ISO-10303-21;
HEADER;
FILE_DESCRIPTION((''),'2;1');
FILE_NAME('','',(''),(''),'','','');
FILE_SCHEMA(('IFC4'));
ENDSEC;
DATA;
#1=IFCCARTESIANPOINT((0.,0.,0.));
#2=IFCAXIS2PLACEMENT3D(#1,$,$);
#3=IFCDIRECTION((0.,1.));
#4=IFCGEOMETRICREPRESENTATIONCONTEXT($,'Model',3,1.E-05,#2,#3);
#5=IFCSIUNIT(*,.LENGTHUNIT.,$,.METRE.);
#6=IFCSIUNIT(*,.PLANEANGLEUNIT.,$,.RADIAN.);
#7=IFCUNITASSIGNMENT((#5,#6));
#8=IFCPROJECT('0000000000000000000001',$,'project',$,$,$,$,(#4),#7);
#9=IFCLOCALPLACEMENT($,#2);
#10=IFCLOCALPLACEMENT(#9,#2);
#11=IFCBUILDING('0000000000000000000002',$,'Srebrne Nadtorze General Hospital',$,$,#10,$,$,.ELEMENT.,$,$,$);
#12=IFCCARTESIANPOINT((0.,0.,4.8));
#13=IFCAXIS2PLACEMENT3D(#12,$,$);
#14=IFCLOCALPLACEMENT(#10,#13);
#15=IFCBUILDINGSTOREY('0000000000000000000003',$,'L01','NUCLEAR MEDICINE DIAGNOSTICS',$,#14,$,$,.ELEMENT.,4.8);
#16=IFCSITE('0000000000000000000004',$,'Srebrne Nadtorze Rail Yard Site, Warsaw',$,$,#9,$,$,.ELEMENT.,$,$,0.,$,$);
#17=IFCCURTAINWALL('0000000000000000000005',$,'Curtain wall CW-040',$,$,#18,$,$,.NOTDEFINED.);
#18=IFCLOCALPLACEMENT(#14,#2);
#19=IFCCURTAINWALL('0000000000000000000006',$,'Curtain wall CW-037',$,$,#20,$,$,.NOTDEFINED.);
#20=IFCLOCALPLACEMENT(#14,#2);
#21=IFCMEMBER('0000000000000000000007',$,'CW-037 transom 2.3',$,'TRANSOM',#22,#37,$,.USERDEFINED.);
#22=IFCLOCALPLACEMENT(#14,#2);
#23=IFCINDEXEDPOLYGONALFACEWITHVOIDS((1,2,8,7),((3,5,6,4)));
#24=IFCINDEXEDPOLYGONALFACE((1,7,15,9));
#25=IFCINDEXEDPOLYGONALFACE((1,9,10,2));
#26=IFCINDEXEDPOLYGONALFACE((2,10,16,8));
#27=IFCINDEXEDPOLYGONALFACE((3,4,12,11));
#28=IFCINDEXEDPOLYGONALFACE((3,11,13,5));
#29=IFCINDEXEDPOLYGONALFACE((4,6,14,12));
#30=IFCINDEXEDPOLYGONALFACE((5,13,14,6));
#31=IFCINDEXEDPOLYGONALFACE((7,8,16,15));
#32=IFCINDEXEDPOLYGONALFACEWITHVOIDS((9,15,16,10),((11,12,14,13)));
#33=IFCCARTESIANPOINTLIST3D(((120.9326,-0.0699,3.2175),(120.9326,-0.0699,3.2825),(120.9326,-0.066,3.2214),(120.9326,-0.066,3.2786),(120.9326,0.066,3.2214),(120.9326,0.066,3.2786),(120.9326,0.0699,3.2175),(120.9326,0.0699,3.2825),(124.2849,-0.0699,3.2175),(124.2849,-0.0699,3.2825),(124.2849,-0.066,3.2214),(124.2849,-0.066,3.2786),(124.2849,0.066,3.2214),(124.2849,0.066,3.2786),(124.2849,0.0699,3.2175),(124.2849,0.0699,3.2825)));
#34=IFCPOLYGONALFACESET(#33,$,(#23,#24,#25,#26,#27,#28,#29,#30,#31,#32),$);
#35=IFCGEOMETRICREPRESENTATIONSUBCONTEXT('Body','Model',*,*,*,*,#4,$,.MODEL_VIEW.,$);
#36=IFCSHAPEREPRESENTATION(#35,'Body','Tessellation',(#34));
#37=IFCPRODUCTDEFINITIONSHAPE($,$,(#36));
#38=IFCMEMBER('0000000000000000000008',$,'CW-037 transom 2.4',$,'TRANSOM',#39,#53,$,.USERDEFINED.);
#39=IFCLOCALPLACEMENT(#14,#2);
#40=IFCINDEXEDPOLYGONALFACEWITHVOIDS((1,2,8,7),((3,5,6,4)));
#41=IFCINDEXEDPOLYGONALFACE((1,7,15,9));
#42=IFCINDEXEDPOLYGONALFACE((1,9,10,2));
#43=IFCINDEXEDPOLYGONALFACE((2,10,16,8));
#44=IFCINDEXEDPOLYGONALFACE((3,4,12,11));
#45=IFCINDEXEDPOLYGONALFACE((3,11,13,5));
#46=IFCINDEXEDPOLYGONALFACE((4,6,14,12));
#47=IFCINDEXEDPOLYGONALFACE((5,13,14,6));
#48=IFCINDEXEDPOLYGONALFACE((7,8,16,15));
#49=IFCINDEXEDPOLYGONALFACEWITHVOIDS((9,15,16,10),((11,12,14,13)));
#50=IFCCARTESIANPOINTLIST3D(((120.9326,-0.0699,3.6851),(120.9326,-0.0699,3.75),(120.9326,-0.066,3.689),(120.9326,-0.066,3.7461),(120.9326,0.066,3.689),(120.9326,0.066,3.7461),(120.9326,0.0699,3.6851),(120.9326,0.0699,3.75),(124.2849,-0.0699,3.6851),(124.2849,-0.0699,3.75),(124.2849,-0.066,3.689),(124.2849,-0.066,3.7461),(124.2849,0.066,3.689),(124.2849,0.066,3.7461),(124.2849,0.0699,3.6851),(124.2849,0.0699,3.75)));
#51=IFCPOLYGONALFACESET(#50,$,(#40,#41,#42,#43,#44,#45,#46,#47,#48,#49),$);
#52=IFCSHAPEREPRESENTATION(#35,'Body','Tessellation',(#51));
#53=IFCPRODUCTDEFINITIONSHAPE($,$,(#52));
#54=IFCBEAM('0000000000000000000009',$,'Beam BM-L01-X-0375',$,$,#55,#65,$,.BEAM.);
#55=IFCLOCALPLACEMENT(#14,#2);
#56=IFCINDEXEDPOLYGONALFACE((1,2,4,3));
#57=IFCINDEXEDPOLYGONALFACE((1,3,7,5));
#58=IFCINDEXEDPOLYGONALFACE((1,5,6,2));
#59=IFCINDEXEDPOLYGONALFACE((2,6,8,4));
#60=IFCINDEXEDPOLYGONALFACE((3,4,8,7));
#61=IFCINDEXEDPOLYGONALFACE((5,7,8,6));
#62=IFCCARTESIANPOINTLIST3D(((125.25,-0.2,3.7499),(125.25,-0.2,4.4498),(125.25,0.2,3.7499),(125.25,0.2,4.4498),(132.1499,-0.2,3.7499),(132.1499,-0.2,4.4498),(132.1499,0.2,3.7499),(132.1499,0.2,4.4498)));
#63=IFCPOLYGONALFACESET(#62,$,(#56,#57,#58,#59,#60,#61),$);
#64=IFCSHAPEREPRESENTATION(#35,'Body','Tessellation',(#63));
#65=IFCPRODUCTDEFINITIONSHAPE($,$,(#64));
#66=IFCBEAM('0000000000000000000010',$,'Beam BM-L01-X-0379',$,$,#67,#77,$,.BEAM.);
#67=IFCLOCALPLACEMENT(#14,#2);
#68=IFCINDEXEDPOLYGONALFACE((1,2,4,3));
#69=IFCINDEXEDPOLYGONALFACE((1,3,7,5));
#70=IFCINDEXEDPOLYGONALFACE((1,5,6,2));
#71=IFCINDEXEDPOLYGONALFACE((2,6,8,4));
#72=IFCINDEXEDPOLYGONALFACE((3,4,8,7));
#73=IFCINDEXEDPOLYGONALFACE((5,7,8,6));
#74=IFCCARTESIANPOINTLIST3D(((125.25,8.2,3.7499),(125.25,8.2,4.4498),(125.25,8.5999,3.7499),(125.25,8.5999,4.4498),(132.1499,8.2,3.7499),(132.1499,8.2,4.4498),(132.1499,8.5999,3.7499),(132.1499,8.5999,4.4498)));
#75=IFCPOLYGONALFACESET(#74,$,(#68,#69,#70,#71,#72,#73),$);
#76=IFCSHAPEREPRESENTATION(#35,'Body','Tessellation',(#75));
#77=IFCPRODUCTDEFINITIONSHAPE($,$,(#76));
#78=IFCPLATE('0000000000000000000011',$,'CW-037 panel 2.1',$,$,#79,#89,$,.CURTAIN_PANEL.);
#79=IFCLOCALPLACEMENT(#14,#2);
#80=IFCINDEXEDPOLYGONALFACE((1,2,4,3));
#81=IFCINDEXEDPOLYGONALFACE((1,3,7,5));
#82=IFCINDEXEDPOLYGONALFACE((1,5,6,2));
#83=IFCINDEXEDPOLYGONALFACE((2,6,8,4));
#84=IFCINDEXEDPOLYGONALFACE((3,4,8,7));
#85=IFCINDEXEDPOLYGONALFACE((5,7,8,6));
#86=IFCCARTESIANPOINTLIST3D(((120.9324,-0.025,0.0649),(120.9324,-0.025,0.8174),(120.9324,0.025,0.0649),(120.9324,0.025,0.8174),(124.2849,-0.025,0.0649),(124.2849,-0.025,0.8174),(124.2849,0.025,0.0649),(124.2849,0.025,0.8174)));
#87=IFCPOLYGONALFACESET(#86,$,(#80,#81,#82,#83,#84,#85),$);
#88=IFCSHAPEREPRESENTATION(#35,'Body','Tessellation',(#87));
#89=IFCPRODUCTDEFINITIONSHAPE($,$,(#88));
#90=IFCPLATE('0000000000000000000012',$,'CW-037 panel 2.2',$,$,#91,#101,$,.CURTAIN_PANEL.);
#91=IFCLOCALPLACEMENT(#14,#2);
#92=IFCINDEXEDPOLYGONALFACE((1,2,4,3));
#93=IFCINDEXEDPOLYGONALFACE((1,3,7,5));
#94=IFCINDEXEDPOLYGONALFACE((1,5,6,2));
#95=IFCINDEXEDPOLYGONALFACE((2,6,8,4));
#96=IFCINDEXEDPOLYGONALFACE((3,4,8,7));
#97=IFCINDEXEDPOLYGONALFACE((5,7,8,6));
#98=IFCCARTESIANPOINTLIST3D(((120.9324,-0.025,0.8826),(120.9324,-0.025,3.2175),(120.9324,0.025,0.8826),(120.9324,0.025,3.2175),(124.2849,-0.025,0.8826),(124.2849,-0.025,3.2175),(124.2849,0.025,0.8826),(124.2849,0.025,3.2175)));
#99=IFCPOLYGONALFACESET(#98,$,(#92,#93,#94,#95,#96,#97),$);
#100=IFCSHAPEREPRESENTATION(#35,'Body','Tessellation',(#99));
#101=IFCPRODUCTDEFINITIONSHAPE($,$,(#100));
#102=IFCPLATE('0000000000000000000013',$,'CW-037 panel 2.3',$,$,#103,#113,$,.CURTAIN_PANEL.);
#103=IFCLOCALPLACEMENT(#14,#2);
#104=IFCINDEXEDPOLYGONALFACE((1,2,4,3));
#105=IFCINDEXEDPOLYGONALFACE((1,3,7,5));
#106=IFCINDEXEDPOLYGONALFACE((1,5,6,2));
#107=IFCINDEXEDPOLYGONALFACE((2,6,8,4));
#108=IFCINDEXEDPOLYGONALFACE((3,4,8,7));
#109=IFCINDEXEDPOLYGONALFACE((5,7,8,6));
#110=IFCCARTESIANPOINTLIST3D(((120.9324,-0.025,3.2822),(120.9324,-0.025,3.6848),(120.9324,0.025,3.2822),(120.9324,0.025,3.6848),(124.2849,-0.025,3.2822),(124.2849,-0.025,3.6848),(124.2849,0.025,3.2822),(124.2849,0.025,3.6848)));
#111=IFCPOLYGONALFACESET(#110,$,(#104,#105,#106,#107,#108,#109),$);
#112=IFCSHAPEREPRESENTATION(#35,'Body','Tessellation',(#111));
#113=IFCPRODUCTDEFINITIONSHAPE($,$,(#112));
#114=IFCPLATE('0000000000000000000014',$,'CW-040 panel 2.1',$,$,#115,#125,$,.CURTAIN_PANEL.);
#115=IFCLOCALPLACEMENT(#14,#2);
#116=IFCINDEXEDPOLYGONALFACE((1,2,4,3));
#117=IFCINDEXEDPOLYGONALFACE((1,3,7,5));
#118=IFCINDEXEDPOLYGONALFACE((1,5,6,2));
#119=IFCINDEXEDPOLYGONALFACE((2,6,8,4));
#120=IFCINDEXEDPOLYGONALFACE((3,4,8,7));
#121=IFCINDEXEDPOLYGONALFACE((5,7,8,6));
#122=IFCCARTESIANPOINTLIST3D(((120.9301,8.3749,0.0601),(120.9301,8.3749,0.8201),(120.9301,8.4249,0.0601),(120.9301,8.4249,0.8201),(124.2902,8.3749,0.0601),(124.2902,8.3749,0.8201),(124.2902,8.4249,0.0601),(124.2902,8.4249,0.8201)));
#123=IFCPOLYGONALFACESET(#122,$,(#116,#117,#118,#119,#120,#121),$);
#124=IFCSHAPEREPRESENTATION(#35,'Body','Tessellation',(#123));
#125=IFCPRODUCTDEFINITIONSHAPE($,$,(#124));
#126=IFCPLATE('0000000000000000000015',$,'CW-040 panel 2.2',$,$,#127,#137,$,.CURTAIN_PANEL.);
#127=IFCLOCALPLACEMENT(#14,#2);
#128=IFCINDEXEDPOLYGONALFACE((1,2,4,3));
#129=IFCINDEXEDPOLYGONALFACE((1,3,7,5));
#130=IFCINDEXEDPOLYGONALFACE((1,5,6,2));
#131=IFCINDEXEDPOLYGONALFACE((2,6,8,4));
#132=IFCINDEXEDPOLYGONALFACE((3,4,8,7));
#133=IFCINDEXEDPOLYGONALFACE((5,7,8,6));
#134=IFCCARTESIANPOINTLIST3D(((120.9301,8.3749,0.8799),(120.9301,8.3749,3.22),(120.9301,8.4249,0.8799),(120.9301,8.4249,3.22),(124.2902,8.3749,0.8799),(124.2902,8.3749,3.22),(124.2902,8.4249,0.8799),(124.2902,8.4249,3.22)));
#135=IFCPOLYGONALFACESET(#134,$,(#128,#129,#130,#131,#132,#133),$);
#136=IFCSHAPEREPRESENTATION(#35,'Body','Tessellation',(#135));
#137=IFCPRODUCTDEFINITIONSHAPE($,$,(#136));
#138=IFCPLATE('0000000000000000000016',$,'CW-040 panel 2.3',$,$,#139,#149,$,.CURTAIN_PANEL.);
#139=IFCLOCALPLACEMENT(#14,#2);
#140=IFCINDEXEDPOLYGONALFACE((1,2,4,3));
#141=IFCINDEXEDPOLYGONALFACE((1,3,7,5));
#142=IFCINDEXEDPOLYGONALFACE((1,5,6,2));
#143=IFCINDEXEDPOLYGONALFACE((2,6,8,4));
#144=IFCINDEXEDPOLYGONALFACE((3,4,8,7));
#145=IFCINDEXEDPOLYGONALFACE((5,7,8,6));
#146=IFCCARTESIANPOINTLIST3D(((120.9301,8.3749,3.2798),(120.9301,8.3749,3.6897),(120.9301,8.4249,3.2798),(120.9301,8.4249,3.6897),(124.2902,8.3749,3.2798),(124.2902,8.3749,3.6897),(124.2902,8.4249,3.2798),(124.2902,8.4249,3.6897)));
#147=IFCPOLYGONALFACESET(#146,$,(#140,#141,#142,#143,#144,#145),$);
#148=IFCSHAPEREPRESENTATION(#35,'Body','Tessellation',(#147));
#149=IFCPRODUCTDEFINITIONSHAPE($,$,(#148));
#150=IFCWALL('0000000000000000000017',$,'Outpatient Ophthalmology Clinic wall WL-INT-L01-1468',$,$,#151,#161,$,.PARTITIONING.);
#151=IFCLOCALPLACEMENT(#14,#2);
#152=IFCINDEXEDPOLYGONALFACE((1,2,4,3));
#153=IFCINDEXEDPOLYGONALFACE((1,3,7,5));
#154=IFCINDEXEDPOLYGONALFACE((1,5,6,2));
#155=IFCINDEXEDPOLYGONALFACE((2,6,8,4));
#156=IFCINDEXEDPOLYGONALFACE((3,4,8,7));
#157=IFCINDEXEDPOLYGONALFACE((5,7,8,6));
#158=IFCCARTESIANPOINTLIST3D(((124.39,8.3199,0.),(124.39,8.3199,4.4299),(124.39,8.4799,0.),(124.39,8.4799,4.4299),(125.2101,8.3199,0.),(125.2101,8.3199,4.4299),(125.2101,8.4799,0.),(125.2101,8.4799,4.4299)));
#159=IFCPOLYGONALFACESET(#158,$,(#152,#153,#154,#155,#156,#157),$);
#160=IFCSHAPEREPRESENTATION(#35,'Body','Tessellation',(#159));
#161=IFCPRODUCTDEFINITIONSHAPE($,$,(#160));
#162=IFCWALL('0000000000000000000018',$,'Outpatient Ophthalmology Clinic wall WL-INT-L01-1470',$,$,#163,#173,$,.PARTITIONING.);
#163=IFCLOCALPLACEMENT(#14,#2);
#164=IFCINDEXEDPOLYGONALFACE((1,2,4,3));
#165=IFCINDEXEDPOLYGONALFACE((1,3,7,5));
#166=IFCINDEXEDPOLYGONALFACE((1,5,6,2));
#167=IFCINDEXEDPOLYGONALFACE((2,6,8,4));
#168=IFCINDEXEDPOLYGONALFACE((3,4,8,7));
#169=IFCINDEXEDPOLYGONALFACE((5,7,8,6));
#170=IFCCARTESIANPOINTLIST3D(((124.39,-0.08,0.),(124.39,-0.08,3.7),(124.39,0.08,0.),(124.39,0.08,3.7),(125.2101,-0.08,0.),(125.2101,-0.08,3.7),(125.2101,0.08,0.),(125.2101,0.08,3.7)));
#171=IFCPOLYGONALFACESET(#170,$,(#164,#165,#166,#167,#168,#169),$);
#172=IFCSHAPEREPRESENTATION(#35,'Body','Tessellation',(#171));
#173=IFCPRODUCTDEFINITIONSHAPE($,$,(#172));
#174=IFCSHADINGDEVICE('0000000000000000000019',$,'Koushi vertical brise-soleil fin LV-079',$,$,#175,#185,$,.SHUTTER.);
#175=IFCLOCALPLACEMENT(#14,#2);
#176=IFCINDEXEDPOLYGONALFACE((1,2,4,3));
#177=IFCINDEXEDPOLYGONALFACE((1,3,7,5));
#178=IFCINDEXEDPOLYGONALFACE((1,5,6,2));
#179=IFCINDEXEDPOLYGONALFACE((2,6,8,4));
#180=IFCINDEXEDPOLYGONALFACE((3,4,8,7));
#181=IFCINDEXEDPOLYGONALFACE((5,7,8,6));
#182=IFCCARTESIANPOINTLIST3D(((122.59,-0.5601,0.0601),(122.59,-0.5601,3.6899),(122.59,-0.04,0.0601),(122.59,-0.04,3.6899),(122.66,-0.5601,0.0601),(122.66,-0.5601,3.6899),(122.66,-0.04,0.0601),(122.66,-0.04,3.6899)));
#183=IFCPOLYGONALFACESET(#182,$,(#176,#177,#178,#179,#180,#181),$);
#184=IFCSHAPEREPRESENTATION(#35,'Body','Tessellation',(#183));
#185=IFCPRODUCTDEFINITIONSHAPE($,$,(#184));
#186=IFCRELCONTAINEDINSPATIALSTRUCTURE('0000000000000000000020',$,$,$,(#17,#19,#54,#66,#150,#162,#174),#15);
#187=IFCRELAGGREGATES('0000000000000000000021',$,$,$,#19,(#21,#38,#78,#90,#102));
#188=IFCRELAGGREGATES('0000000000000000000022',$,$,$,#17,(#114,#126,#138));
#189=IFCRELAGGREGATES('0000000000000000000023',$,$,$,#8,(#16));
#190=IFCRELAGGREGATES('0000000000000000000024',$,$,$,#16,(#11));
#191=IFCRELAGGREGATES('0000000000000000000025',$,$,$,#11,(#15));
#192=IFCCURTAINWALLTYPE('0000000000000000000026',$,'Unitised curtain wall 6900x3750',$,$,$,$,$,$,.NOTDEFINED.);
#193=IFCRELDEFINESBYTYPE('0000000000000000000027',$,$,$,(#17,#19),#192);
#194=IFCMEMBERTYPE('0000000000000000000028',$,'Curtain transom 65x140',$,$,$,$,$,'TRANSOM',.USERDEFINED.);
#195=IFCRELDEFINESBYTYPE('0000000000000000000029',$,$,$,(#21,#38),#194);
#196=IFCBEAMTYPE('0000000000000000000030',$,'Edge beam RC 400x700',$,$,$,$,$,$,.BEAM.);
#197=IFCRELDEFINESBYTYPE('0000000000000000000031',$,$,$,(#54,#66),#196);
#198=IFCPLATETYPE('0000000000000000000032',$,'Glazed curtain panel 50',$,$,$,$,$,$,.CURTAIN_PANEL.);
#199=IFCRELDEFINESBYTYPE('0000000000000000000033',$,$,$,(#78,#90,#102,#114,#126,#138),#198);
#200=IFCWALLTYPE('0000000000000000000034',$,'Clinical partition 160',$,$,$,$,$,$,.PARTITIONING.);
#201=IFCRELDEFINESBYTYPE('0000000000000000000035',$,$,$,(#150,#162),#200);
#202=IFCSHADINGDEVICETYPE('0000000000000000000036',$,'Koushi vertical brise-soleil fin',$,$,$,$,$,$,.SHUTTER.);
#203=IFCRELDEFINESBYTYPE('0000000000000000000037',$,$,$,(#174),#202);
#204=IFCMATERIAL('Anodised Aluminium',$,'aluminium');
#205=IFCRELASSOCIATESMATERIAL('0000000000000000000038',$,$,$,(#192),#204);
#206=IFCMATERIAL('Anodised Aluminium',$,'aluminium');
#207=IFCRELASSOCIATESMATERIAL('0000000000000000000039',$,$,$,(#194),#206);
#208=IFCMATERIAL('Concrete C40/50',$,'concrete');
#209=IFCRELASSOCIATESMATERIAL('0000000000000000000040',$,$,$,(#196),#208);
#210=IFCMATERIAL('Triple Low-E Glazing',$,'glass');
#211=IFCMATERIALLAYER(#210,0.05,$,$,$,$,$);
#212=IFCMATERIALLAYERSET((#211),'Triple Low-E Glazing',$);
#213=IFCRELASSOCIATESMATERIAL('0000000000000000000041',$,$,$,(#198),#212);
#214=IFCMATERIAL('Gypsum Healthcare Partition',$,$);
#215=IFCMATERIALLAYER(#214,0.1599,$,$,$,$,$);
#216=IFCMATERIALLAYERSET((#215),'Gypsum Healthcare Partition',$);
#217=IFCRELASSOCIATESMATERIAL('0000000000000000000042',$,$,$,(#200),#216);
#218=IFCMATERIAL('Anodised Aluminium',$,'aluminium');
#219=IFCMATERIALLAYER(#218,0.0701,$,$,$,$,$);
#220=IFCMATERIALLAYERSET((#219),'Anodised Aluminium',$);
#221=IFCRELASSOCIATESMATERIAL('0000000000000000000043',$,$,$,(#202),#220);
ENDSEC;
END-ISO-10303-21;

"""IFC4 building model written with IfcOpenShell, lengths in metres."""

from ifc_helpers import new_model, si_unit, direction, frame, frame_2d, origin, origin_2d, place, context, subcontext, project, spatial, rectangle, hollow_rectangle, extrude, material, layer, layer_set, material_profile, profile_set, type_object, element, aggregate, save


model = new_model("IFC4")

# Units and contexts
model_context = context("Model", 3, precision=1e-05, world=origin(), true_north=direction((0.0, 1.0)))
body_context = subcontext(model_context, "Body", "Model", "MODEL_VIEW")
ifc_project = project(units=[si_unit("LENGTHUNIT", "METRE"), si_unit("PLANEANGLEUNIT", "RADIAN")], contexts=[model_context])

# Site, building, storey
site_placement = place(None, origin())
site = spatial("IfcSite", under=ifc_project, at=site_placement, Name="Srebrne Nadtorze Rail Yard Site, Warsaw", CompositionType="ELEMENT", RefElevation=0.0)
building_placement = place(site_placement, origin())
building = spatial("IfcBuilding", under=site, at=building_placement, Name="Srebrne Nadtorze General Hospital", CompositionType="ELEMENT")
storey_placement = place(building_placement, frame((0.0, 0.0, 4.8)))
storey = spatial("IfcBuildingStorey", under=building, at=storey_placement, Name="L01", Description="NUCLEAR MEDICINE DIAGNOSTICS", CompositionType="ELEMENT", Elevation=4.8)

# Curtain walls
ifc_material_1 = material(Name="Anodised Aluminium", Category="aluminium")
curtain_wall_type = type_object("IfcCurtainWallType", Name="Unitised curtain wall 6900x3750", PredefinedType="NOTDEFINED", material=ifc_material_1)
curtain_wall_1_placement = place(storey_placement, origin())
curtain_wall_1 = element("IfcCurtainWall", 1, at=curtain_wall_1_placement, inside=storey, type_object=curtain_wall_type, Name="Curtain wall CW-040", PredefinedType="NOTDEFINED")
curtain_wall_2_placement = place(storey_placement, origin())
curtain_wall_2 = element("IfcCurtainWall", 2, at=curtain_wall_2_placement, inside=storey, type_object=curtain_wall_type, Name="Curtain wall CW-037", PredefinedType="NOTDEFINED")

# Members
ifc_material_2 = material(Name="Anodised Aluminium", Category="aluminium")
ifc_material_profile_1 = material_profile(ifc_material_2, hollow_rectangle(XDim=0.0649, YDim=0.1399, WallThickness=0.0039, at=origin_2d()), Name="AL-TRN-65x140")
ifc_profile_set_1 = profile_set([ifc_material_profile_1], Name="Anodised Aluminium")
member_type_1 = type_object("IfcMemberType", Name="Curtain transom 65x140", ElementType="TRANSOM", PredefinedType="USERDEFINED", material=ifc_profile_set_1)
member_1_placement = place(storey_placement, frame((120.9326, 0.0, 3.25), z_axis=(1.0, 0.0, 0.0), x_axis=(0.0, 0.0, 1.0)))
member_1 = element("IfcMember", 3, at=member_1_placement, type_object=member_type_1, Name="CW-037 transom 2.3", ObjectType="TRANSOM", PredefinedType="USERDEFINED", context=body_context, shape_type="SweptSolid", body=[
    extrude(hollow_rectangle(XDim=0.0649, YDim=0.1399, WallThickness=0.0039, at=origin_2d()), origin(), (0.0, 0.0, 1.0), 3.3523),
])
member_2_placement = place(storey_placement, frame((120.9326, 0.0, 3.7175), z_axis=(1.0, 0.0, 0.0), x_axis=(0.0, 0.0, 1.0)))
member_2 = element("IfcMember", 4, at=member_2_placement, type_object=member_type_1, Name="CW-037 transom 2.4", ObjectType="TRANSOM", PredefinedType="USERDEFINED", context=body_context, shape_type="SweptSolid", body=[
    extrude(hollow_rectangle(XDim=0.0649, YDim=0.1399, WallThickness=0.0039, at=origin_2d()), origin(), (0.0, 0.0, 1.0), 3.3523),
])

# Beams
ifc_material_3 = material(Name="Concrete C40/50", Category="concrete")
ifc_material_profile_2 = material_profile(ifc_material_3, rectangle(XDim=0.3999, YDim=0.7, at=origin_2d()), Name="RC-BM-400x700")
ifc_profile_set_2 = profile_set([ifc_material_profile_2], Name="Concrete C40/50")
beam_type = type_object("IfcBeamType", Name="Edge beam RC 400x700", PredefinedType="BEAM", material=ifc_profile_set_2)
for number, where, z_axis, x_axis, name in (
    (5, (125.25, 0.0, 4.0999), (1.0, 0.0, 0.0), (0.0, 1.0, 0.0), "Beam BM-L01-X-0375"),
    (6, (125.25, 8.3999, 4.0999), (1.0, 0.0, 0.0), (0.0, 1.0, 0.0), "Beam BM-L01-X-0379"),
):
    element("IfcBeam", number, at=place(storey_placement, frame(where, z_axis=z_axis, x_axis=x_axis)), inside=storey, type_object=beam_type, Name=name, PredefinedType="BEAM", context=body_context, shape_type="SweptSolid", body=[
        extrude(rectangle(XDim=0.3999, YDim=0.7, at=origin_2d()), origin(), (0.0, 0.0, 1.0), 6.8999),
    ])

# Plates
ifc_material_4 = material(Name="Triple Low-E Glazing", Category="glass")
ifc_layer_1 = layer(ifc_material_4, 0.05)
ifc_layer_set_1 = layer_set([ifc_layer_1], Name="Triple Low-E Glazing")
plate_type = type_object("IfcPlateType", Name="Glazed curtain panel 50", PredefinedType="CURTAIN_PANEL", material=ifc_layer_set_1)
plate_1_placement = place(storey_placement, frame((122.6086, 0.0, 0.0649), z_axis=(0.0, 0.0, 1.0), x_axis=(1.0, 0.0, 0.0)))
plate_1 = element("IfcPlate", 7, at=plate_1_placement, type_object=plate_type, Name="CW-037 panel 2.1", PredefinedType="CURTAIN_PANEL", context=body_context, shape_type="SweptSolid", body=[
    extrude(rectangle(XDim=3.3525, YDim=0.05, at=origin_2d()), origin(), (0.0, 0.0, 1.0), 0.7524),
])
plate_2_placement = place(storey_placement, frame((122.6086, 0.0, 0.8826), z_axis=(0.0, 0.0, 1.0), x_axis=(1.0, 0.0, 0.0)))
plate_2 = element("IfcPlate", 8, at=plate_2_placement, type_object=plate_type, Name="CW-037 panel 2.2", PredefinedType="CURTAIN_PANEL", context=body_context, shape_type="SweptSolid", body=[
    extrude(rectangle(XDim=3.3525, YDim=0.05, at=origin_2d()), origin(), (0.0, 0.0, 1.0), 2.335),
])
plate_3_placement = place(storey_placement, frame((122.6086, 0.0, 3.2822), z_axis=(0.0, 0.0, 1.0), x_axis=(1.0, 0.0, 0.0)))
plate_3 = element("IfcPlate", 9, at=plate_3_placement, type_object=plate_type, Name="CW-037 panel 2.3", PredefinedType="CURTAIN_PANEL", context=body_context, shape_type="SweptSolid", body=[
    extrude(rectangle(XDim=3.3525, YDim=0.05, at=origin_2d()), origin(), (0.0, 0.0, 1.0), 0.4026),
])
aggregate(curtain_wall_2, [member_1, member_2, plate_1, plate_2, plate_3])
plate_4_placement = place(storey_placement, frame((122.6101, 8.3999, 0.0601), z_axis=(0.0, 0.0, 1.0), x_axis=(1.0, 0.0, 0.0)))
plate_4 = element("IfcPlate", 10, at=plate_4_placement, type_object=plate_type, Name="CW-040 panel 2.1", PredefinedType="CURTAIN_PANEL", context=body_context, shape_type="SweptSolid", body=[
    extrude(rectangle(XDim=3.3601, YDim=0.05, at=origin_2d()), origin(), (0.0, 0.0, 1.0), 0.76),
])
plate_5_placement = place(storey_placement, frame((122.6101, 8.3999, 0.8799), z_axis=(0.0, 0.0, 1.0), x_axis=(1.0, 0.0, 0.0)))
plate_5 = element("IfcPlate", 11, at=plate_5_placement, type_object=plate_type, Name="CW-040 panel 2.2", PredefinedType="CURTAIN_PANEL", context=body_context, shape_type="SweptSolid", body=[
    extrude(rectangle(XDim=3.3601, YDim=0.05, at=origin_2d()), origin(), (0.0, 0.0, 1.0), 2.3401),
])
plate_6_placement = place(storey_placement, frame((122.6101, 8.3999, 3.2798), z_axis=(0.0, 0.0, 1.0), x_axis=(1.0, 0.0, 0.0)))
plate_6 = element("IfcPlate", 12, at=plate_6_placement, type_object=plate_type, Name="CW-040 panel 2.3", PredefinedType="CURTAIN_PANEL", context=body_context, shape_type="SweptSolid", body=[
    extrude(rectangle(XDim=3.3601, YDim=0.05, at=origin_2d()), origin(), (0.0, 0.0, 1.0), 0.4099),
])
aggregate(curtain_wall_1, [plate_4, plate_5, plate_6])

# Walls
ifc_material_5 = material(Name="Gypsum Healthcare Partition")
ifc_layer_2 = layer(ifc_material_5, 0.1599)
ifc_layer_set_2 = layer_set([ifc_layer_2], Name="Gypsum Healthcare Partition")
wall_type = type_object("IfcWallType", Name="Clinical partition 160", PredefinedType="PARTITIONING", material=ifc_layer_set_2)
wall_1_placement = place(storey_placement, frame((124.3899, 8.3999, 0.0), z_axis=(0.0, 0.0, 1.0), x_axis=(1.0, 0.0, 0.0)))
element("IfcWall", 13, at=wall_1_placement, inside=storey, type_object=wall_type, Name="Outpatient Ophthalmology Clinic wall WL-INT-L01-1468", PredefinedType="PARTITIONING", context=body_context, shape_type="SweptSolid", body=[
    extrude(rectangle(XDim=0.8201, YDim=0.1599, at=frame_2d((0.4102, 0.0))), origin(), (0.0, 0.0, 1.0), 4.4299),
])
wall_2_placement = place(storey_placement, frame((124.3899, 0.0, 0.0), z_axis=(0.0, 0.0, 1.0), x_axis=(1.0, 0.0, 0.0)))
element("IfcWall", 14, at=wall_2_placement, inside=storey, type_object=wall_type, Name="Outpatient Ophthalmology Clinic wall WL-INT-L01-1470", PredefinedType="PARTITIONING", context=body_context, shape_type="SweptSolid", body=[
    extrude(rectangle(XDim=0.8201, YDim=0.1599, at=frame_2d((0.4102, 0.0))), origin(), (0.0, 0.0, 1.0), 3.7),
])

# Shading device
ifc_material_6 = material(Name="Anodised Aluminium", Category="aluminium")
ifc_layer_3 = layer(ifc_material_6, 0.0701)
ifc_layer_set_3 = layer_set([ifc_layer_3], Name="Anodised Aluminium")
shading_device_type = type_object("IfcShadingDeviceType", Name="Koushi vertical brise-soleil fin", PredefinedType="SHUTTER", material=ifc_layer_set_3)
shading_device_placement = place(storey_placement, frame((122.625, -0.3, 0.0601), z_axis=(0.0, 0.0, 1.0), x_axis=(1.0, 0.0, 0.0)))
element("IfcShadingDevice", 15, at=shading_device_placement, inside=storey, type_object=shading_device_type, Name="Koushi vertical brise-soleil fin LV-079", PredefinedType="SHUTTER", context=body_context, shape_type="SweptSolid", body=[
    extrude(rectangle(XDim=0.0701, YDim=0.52, at=origin_2d()), origin(), (0.0, 0.0, 1.0), 3.6299),
])

save(model, "model.ifc")
